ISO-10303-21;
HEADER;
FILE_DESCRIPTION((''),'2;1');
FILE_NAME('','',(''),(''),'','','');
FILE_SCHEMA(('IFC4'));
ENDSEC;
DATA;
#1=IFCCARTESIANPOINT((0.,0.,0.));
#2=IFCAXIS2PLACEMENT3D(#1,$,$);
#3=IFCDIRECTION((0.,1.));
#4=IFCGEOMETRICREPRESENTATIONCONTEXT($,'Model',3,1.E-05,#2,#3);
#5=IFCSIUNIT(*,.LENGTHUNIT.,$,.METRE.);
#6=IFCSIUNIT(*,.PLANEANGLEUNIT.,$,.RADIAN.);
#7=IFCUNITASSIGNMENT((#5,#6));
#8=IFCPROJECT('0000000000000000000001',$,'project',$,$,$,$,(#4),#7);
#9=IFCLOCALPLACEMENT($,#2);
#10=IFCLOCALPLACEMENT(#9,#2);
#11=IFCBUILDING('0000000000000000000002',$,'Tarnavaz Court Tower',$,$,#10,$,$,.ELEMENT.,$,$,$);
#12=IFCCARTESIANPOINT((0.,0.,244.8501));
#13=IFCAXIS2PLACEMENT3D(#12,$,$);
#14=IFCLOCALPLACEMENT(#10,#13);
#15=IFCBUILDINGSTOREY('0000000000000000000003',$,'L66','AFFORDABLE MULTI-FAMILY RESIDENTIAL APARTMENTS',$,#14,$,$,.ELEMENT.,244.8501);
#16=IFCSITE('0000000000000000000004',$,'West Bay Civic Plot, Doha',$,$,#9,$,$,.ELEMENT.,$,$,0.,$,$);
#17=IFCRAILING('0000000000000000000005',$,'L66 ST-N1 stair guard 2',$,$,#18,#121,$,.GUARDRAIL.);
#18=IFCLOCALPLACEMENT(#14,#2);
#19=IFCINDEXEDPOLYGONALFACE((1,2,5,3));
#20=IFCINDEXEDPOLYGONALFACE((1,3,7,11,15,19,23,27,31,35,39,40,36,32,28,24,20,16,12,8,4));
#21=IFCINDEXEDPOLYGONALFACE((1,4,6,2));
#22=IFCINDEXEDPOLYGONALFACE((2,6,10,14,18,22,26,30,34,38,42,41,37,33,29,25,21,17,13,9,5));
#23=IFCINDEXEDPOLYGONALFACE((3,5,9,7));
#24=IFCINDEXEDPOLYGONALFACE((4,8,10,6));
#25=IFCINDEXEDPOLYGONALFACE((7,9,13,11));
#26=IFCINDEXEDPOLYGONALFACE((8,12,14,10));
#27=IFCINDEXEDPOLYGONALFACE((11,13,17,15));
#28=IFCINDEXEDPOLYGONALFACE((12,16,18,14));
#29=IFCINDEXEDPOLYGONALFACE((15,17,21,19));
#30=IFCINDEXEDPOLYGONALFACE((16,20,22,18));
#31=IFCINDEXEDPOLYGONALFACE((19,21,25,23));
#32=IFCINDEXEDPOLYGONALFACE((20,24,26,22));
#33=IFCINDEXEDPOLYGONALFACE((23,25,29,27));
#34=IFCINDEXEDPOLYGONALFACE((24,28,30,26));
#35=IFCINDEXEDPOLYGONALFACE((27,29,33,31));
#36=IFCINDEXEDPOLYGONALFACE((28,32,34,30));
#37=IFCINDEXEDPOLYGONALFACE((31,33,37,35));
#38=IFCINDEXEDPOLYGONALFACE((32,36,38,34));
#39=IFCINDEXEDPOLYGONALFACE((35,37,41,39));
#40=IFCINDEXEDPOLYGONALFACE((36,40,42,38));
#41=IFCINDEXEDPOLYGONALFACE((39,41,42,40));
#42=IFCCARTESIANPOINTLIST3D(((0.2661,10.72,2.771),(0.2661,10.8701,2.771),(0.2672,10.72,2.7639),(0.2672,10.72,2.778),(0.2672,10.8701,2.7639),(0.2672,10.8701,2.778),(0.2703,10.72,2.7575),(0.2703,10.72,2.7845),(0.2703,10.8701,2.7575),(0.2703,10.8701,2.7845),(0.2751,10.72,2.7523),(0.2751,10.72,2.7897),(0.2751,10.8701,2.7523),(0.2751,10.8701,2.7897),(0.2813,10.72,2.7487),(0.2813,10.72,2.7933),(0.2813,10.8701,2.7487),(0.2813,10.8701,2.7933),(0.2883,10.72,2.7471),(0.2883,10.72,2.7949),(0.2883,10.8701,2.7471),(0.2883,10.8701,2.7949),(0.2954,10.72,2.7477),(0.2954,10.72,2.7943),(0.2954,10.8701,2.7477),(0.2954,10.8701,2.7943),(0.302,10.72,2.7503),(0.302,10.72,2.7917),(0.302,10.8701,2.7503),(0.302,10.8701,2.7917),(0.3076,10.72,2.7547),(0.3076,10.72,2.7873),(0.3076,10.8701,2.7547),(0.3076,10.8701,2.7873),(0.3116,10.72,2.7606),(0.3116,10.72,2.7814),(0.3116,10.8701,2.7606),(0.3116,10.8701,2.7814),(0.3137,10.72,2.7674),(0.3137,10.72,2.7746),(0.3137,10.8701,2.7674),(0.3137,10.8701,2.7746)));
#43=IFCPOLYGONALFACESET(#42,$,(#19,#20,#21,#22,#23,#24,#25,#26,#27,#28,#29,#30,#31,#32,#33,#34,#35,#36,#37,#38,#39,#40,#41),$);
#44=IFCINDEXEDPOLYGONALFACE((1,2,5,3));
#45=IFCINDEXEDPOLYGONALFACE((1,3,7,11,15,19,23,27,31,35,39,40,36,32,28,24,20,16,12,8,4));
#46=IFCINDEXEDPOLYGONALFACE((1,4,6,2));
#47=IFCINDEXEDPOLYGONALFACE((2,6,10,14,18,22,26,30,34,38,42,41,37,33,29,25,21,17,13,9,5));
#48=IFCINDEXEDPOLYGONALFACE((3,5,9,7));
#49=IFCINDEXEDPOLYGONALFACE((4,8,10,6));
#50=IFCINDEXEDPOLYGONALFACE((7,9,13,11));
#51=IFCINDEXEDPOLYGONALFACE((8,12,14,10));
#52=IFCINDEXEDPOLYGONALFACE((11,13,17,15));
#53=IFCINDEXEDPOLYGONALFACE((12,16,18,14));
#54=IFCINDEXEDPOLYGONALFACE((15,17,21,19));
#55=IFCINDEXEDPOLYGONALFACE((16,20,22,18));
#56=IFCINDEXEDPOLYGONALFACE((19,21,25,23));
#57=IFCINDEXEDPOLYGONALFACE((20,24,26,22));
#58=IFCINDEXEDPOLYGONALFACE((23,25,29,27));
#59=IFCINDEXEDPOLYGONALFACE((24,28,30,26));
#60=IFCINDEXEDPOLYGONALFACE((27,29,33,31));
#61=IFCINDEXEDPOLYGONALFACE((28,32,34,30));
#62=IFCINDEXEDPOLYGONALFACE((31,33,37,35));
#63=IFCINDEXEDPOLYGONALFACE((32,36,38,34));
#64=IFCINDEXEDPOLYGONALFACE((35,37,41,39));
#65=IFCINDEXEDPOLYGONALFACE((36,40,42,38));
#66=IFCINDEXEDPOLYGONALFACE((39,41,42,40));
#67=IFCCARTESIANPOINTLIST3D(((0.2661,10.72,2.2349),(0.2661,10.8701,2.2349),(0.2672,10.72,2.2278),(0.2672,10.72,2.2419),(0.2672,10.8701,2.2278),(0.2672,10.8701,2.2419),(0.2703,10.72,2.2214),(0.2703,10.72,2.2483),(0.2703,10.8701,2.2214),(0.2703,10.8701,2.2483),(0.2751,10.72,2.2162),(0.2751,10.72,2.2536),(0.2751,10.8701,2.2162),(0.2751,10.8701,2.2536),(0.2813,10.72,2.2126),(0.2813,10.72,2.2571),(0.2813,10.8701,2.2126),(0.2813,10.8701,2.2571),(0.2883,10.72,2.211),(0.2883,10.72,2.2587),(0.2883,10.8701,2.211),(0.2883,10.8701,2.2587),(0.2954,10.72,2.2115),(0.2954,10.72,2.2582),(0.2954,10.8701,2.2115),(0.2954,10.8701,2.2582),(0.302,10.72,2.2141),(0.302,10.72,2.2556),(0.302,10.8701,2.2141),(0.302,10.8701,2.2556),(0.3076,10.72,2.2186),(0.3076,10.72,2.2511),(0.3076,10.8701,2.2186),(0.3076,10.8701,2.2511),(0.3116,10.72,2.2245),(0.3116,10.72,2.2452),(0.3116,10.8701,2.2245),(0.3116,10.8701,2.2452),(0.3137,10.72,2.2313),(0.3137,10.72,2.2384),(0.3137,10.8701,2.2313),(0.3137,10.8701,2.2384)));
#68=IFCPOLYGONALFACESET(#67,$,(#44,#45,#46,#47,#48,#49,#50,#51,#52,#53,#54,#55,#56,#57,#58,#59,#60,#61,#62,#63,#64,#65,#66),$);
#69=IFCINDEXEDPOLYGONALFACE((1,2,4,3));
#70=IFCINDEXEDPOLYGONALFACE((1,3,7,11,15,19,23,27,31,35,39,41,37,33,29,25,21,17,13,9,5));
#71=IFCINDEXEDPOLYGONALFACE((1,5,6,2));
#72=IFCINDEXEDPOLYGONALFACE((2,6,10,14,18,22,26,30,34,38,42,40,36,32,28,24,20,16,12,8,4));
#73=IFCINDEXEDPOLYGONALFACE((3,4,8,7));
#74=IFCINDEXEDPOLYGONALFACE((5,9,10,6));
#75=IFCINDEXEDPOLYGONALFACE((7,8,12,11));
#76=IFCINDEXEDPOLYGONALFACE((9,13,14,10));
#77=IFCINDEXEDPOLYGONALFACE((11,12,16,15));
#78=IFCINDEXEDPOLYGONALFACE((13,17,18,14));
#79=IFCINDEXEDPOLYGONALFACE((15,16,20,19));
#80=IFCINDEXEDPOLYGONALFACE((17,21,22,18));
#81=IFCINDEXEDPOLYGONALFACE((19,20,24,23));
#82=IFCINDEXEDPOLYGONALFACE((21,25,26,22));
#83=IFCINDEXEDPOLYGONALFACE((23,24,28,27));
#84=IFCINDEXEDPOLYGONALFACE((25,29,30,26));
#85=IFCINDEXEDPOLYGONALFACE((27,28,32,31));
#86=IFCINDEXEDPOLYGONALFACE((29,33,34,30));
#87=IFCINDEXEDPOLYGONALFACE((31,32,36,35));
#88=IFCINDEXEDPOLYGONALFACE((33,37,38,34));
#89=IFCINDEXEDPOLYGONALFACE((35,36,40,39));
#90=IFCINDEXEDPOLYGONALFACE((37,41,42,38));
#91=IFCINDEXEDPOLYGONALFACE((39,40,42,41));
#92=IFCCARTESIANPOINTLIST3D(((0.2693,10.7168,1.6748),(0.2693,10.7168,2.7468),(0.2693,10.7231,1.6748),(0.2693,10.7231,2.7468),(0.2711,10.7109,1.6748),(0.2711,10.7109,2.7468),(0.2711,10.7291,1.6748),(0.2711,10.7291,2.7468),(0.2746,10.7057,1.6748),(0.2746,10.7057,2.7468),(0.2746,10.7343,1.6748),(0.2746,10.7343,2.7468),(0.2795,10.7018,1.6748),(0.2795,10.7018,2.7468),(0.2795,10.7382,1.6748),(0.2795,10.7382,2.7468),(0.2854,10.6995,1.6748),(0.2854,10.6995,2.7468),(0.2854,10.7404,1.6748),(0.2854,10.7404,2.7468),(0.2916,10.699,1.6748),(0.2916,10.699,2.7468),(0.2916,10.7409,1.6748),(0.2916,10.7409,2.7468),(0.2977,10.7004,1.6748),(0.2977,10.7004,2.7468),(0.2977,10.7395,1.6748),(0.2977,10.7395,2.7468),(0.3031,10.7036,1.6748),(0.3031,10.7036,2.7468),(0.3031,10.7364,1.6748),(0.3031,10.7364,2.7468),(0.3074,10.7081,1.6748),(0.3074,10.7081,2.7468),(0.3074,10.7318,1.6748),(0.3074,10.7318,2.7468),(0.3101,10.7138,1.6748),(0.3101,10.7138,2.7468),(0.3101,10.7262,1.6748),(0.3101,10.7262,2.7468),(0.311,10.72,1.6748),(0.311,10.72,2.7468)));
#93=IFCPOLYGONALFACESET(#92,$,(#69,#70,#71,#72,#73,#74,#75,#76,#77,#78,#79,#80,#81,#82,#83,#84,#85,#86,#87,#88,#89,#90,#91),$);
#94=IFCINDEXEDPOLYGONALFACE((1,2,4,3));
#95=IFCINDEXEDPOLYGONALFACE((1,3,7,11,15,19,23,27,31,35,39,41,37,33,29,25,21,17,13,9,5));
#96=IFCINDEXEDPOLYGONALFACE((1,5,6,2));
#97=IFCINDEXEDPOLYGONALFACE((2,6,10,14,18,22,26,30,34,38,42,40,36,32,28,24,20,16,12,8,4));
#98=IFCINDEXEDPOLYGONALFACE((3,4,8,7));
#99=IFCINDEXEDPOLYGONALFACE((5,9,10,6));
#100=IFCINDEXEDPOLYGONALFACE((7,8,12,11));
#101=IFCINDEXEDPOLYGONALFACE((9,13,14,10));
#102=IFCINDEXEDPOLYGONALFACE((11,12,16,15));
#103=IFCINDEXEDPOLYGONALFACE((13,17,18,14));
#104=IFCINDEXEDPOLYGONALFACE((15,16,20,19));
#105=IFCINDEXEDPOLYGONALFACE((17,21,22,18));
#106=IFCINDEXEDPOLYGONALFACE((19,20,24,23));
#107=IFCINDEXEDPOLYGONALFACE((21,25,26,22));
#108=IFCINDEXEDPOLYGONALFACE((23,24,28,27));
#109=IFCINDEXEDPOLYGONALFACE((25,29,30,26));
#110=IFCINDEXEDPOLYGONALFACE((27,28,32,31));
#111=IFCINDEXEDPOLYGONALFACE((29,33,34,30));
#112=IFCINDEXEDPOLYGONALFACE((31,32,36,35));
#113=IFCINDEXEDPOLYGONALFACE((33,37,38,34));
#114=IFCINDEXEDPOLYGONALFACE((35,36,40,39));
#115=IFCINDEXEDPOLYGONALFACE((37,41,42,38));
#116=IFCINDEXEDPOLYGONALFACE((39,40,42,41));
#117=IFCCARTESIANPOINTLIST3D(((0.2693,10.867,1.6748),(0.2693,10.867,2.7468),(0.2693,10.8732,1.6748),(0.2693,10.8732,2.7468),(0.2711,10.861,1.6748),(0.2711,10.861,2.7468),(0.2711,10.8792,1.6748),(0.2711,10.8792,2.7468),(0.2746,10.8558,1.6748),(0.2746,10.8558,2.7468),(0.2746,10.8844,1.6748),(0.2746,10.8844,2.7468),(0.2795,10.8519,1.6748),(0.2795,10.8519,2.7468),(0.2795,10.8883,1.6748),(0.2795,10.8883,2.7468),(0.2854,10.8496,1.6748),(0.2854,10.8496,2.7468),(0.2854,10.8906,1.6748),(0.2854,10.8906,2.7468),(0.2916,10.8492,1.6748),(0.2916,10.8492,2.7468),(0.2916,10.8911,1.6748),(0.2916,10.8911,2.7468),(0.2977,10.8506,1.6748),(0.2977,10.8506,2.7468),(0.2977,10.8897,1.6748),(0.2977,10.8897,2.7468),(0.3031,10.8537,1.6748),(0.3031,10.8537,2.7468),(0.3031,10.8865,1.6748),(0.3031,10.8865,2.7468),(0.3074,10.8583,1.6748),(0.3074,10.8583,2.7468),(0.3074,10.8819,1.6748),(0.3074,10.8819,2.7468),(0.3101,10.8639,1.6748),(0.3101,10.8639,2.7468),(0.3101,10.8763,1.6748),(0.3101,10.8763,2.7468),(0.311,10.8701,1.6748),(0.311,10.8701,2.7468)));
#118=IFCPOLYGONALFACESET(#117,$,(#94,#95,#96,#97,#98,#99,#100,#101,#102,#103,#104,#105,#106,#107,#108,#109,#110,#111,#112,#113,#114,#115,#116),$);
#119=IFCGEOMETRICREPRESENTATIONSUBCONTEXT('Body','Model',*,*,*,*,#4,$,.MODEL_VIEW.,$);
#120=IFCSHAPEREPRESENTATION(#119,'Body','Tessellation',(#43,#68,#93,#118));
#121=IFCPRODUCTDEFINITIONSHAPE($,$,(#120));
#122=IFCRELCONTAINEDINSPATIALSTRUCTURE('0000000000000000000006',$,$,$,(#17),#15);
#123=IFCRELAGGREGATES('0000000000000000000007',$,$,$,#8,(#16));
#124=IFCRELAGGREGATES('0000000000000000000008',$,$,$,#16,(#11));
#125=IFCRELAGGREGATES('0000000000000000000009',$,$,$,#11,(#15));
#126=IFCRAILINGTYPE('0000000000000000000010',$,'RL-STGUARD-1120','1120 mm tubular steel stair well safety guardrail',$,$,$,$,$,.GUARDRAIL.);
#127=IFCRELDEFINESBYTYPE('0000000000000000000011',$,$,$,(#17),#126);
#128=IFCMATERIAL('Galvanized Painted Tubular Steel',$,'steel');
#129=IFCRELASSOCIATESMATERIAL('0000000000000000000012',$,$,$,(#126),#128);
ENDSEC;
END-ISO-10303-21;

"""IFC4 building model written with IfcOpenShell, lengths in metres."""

from ifc_helpers import new_model, si_unit, direction, frame, origin, origin_2d, place, context, subcontext, project, spatial, circle, extrude, material, type_object, element, save


model = new_model("IFC4")

# Units and contexts
model_context = context("Model", 3, precision=1e-05, world=origin(), true_north=direction((0.0, 1.0)))
body_context = subcontext(model_context, "Body", "Model", "MODEL_VIEW")
ifc_project = project(units=[si_unit("LENGTHUNIT", "METRE"), si_unit("PLANEANGLEUNIT", "RADIAN")], contexts=[model_context])

# Site, building, storey
site_placement = place(None, origin())
site = spatial("IfcSite", under=ifc_project, at=site_placement, Name="West Bay Civic Plot, Doha", CompositionType="ELEMENT", RefElevation=0.0)
building_placement = place(site_placement, origin())
building = spatial("IfcBuilding", under=site, at=building_placement, Name="Tarnavaz Court Tower", CompositionType="ELEMENT")
storey_placement = place(building_placement, frame((0.0, 0.0, 244.8501)))
storey = spatial("IfcBuildingStorey", under=building, at=storey_placement, Name="L66", Description="AFFORDABLE MULTI-FAMILY RESIDENTIAL APARTMENTS", CompositionType="ELEMENT", Elevation=244.8501)

# Railing
ifc_material_1 = material(Name="Galvanized Painted Tubular Steel", Category="steel")
railing_type_1 = type_object("IfcRailingType", Name="RL-STGUARD-1120", Description="1120 mm tubular steel stair well safety guardrail", PredefinedType="GUARDRAIL", material=ifc_material_1)
railing_1_placement = place(storey_placement, frame((0.29, 10.72, 1.6748)))
element("IfcRailing", 1, at=railing_1_placement, inside=storey, type_object=railing_type_1, Name="L66 ST-N1 stair guard 2", PredefinedType="GUARDRAIL", context=body_context, shape_type="SweptSolid", body=[
    extrude(circle(Radius=0.0239, at=origin_2d()), frame((0.0, 0.0, 1.0962), z_axis=(0.0, 1.0, 0.0), x_axis=(-1.0, 0.0, 0.0)), (0.0, 0.0, 1.0), 0.1501),
    extrude(circle(Radius=0.0239, at=origin_2d()), frame((0.0, 0.0, 0.5601), z_axis=(0.0, 1.0, 0.0), x_axis=(-1.0, 0.0, 0.0)), (0.0, 0.0, 1.0), 0.1501),
    extrude(circle(Radius=0.021, at=origin_2d()), origin(), (0.0, 0.0, 1.0), 1.072),
    extrude(circle(Radius=0.021, at=origin_2d()), frame((0.0, 0.1501, 0.0)), (0.0, 0.0, 1.0), 1.072),
])

save(model, "model.ifc")
